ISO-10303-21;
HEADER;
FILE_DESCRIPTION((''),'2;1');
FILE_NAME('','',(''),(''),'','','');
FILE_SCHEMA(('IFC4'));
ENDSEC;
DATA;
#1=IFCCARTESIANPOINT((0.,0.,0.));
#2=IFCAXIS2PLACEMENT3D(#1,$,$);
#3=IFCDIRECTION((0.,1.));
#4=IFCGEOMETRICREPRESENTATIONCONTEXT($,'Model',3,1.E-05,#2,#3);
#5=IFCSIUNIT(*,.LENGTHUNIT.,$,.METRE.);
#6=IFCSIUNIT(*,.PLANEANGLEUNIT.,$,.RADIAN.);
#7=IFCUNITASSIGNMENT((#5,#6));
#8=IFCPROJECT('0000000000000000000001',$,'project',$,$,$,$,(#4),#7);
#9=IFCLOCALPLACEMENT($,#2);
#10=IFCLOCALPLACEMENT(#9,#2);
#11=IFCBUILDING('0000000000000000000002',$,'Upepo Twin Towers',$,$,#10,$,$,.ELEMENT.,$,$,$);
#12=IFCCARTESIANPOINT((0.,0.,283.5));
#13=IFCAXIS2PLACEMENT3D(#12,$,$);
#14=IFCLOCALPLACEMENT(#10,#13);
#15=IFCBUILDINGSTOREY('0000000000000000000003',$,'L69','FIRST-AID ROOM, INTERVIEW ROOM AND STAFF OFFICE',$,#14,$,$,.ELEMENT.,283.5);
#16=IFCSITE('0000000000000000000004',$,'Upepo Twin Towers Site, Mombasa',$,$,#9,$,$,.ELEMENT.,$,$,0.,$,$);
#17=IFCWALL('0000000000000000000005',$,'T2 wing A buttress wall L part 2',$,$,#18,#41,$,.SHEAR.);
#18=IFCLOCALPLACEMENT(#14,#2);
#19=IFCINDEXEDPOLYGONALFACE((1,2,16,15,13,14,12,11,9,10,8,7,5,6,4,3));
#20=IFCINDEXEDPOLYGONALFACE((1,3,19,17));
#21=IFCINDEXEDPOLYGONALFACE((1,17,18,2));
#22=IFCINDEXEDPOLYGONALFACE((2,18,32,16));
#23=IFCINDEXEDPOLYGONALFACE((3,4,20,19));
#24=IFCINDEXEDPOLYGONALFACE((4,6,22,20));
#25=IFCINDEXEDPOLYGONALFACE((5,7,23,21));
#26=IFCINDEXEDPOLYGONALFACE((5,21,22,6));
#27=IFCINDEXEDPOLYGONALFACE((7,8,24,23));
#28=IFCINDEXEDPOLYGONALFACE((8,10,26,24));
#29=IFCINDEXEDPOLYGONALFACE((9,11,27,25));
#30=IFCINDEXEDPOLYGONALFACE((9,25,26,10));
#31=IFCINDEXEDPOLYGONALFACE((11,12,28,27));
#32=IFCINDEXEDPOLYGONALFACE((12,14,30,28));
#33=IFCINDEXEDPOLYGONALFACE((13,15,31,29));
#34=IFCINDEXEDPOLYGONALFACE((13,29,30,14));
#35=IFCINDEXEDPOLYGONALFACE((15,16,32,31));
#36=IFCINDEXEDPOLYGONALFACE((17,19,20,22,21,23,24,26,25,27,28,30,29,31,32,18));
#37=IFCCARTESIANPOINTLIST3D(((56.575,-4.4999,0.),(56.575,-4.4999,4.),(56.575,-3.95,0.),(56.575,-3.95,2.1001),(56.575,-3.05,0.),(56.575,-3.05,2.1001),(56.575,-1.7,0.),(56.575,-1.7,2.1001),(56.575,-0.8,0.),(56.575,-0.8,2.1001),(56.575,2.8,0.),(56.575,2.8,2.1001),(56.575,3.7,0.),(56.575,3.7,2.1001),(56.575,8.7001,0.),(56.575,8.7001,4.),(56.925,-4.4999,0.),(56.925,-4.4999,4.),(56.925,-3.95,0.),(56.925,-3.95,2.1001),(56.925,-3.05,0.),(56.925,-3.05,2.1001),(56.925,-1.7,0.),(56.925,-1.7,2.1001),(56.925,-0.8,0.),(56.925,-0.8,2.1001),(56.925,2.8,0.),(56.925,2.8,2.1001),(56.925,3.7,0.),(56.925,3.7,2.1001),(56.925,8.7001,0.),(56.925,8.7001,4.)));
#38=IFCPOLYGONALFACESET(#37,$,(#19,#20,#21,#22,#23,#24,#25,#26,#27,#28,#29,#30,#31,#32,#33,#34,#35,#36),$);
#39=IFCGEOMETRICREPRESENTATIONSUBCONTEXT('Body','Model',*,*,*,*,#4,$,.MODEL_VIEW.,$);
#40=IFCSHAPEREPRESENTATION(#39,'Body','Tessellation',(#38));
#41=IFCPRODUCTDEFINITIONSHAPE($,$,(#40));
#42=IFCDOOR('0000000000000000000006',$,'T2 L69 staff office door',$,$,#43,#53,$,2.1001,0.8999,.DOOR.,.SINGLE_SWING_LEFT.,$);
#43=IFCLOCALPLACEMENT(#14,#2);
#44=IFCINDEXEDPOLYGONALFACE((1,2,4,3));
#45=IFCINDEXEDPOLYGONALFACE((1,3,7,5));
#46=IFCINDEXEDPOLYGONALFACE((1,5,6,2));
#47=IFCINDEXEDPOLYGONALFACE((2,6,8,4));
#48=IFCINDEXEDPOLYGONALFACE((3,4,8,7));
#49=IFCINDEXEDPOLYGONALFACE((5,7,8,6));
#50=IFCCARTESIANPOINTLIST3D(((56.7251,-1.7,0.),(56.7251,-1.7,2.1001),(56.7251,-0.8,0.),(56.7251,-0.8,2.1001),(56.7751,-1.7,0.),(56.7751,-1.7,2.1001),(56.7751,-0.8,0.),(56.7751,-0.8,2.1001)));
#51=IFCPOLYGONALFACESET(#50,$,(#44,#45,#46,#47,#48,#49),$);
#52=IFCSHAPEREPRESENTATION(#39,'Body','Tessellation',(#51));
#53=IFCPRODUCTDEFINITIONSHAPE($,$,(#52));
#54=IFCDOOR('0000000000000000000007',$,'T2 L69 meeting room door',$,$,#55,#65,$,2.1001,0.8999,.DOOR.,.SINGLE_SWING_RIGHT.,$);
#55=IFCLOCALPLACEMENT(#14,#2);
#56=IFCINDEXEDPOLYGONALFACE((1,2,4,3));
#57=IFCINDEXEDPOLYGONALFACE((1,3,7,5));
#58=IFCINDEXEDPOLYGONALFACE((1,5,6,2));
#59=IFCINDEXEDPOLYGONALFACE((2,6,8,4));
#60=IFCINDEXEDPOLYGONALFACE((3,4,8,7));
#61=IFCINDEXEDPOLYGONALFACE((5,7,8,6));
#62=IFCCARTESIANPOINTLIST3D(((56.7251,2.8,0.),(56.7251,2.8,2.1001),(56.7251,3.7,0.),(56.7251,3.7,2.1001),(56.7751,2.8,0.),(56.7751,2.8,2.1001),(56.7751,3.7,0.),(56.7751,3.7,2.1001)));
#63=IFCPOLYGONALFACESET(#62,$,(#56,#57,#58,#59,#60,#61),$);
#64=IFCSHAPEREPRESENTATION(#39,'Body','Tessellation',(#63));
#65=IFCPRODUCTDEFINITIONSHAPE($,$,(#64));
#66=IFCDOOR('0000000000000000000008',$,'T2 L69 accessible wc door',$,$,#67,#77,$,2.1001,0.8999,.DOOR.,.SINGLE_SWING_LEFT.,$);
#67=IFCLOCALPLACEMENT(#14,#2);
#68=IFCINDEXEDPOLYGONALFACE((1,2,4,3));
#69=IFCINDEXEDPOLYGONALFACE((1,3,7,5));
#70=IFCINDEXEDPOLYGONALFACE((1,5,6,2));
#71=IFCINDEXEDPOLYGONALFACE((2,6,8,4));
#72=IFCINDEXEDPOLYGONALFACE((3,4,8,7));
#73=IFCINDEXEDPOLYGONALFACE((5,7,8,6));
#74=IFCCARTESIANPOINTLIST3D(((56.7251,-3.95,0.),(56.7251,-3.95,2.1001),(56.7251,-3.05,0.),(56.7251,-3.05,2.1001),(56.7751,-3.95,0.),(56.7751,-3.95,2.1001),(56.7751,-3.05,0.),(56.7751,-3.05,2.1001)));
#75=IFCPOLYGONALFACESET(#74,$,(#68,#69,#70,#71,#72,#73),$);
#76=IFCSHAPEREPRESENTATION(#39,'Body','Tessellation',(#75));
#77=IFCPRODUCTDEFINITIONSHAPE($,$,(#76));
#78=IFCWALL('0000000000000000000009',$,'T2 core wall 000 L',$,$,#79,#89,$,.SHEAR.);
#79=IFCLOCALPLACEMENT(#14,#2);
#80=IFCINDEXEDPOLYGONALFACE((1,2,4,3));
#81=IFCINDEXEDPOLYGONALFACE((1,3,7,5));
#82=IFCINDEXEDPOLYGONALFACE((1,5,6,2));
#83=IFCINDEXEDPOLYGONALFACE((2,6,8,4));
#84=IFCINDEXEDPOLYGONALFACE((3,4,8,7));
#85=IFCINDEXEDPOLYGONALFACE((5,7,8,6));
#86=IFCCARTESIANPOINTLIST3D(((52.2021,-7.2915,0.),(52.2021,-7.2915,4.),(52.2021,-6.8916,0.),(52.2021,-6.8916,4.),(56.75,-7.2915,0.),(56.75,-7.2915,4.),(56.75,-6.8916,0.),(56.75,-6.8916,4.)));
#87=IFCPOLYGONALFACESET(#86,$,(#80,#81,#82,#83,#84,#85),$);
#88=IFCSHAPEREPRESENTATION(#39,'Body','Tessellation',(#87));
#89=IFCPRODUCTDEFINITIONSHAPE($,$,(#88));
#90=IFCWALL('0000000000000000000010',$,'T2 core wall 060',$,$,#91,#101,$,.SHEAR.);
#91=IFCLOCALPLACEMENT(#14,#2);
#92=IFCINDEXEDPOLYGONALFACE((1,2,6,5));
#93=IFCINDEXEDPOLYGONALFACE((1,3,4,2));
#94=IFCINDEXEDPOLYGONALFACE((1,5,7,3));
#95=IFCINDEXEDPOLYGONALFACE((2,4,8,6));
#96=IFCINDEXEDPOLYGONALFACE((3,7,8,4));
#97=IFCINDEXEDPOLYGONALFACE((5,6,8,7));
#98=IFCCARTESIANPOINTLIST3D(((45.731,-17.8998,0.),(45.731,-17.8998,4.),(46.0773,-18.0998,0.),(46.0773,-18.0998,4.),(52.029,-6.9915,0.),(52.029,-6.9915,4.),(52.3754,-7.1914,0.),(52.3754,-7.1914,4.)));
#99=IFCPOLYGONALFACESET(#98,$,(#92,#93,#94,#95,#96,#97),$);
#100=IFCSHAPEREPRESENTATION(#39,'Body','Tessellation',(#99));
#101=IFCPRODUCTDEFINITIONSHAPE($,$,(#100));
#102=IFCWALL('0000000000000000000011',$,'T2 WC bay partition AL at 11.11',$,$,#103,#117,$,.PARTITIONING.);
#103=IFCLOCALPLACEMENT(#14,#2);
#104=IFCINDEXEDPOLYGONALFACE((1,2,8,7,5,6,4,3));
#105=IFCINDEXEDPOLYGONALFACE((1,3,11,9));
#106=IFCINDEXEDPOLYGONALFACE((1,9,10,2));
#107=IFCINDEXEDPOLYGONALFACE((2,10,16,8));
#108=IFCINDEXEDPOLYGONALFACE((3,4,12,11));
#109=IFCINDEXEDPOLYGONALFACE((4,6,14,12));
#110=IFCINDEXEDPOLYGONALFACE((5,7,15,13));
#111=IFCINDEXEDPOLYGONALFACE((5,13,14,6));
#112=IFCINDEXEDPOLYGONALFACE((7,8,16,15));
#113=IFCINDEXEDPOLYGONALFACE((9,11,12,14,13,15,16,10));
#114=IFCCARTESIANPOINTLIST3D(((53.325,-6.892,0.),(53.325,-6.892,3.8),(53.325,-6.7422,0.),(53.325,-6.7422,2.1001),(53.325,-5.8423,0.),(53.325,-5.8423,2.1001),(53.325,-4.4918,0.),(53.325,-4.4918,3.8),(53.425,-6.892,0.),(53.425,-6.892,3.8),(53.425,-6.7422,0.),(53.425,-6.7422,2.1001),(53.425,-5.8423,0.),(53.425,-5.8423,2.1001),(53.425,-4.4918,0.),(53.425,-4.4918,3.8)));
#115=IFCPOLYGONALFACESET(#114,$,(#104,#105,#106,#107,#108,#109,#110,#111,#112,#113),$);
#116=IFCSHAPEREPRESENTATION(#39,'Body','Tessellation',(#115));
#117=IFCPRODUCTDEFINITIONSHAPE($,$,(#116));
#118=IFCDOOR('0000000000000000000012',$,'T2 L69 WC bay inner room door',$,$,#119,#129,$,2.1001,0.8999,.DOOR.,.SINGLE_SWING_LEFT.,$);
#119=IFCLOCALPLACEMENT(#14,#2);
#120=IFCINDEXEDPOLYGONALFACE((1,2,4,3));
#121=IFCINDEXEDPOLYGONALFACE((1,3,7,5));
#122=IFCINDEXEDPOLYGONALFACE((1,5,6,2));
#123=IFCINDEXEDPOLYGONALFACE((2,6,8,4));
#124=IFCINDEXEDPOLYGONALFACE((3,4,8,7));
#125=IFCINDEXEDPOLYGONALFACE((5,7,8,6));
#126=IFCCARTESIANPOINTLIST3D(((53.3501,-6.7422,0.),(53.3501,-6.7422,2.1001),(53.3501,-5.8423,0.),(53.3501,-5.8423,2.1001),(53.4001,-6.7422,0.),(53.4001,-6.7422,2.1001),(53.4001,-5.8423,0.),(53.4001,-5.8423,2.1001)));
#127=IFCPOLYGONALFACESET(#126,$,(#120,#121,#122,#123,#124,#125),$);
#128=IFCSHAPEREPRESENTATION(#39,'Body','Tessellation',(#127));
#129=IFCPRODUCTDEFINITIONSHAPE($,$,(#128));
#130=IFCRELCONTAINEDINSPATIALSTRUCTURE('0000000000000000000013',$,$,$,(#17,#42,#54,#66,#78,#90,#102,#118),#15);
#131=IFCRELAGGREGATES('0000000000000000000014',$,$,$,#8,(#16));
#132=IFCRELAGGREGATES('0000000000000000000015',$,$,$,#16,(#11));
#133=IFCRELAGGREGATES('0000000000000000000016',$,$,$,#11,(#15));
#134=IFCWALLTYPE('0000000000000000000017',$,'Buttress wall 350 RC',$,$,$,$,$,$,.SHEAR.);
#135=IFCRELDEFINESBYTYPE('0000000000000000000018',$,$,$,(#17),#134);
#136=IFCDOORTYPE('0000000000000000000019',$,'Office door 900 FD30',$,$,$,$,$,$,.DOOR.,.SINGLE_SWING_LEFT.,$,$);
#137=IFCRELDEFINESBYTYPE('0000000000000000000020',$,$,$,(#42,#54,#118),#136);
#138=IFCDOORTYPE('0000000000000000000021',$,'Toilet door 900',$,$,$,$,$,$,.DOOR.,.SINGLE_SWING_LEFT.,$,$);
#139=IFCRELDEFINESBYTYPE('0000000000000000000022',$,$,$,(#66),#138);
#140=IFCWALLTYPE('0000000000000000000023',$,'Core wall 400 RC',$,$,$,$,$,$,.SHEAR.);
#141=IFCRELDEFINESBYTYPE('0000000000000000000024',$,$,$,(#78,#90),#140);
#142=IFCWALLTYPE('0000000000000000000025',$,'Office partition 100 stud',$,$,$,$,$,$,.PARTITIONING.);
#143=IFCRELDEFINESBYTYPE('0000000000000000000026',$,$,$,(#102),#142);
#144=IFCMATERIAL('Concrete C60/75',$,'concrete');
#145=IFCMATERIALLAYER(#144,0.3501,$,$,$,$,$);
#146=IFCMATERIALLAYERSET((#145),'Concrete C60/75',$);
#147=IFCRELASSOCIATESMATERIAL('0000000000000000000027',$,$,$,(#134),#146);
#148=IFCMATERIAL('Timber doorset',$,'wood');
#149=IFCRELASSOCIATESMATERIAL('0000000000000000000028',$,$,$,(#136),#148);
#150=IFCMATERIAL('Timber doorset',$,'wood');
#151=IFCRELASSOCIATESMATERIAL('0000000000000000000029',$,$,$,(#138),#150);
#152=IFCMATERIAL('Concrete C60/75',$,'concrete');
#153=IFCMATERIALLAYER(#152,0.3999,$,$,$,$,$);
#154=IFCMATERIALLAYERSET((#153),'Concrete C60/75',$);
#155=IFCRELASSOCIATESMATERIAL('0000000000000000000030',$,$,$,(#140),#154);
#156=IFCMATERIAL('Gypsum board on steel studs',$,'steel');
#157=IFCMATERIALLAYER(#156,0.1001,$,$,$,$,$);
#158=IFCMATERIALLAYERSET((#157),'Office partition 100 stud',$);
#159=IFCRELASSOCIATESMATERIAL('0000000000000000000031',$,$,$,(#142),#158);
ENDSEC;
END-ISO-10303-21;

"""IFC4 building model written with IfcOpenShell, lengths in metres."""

from ifc_helpers import new_model, si_unit, direction, frame, frame_2d, origin, place, context, subcontext, project, spatial, rectangle, extrude, material, layer, layer_set, type_object, element, fill, save


model = new_model("IFC4")

# Units and contexts
model_context = context("Model", 3, precision=1e-05, world=origin(), true_north=direction((0.0, 1.0)))
body_context = subcontext(model_context, "Body", "Model", "MODEL_VIEW")
ifc_project = project(units=[si_unit("LENGTHUNIT", "METRE"), si_unit("PLANEANGLEUNIT", "RADIAN")], contexts=[model_context])

# Site, building, storey
site_placement = place(None, origin())
site = spatial("IfcSite", under=ifc_project, at=site_placement, Name="Upepo Twin Towers Site, Mombasa", CompositionType="ELEMENT", RefElevation=0.0)
building_placement = place(site_placement, origin())
building = spatial("IfcBuilding", under=site, at=building_placement, Name="Upepo Twin Towers", CompositionType="ELEMENT")
storey_placement = place(building_placement, frame((0.0, 0.0, 283.5)))
storey = spatial("IfcBuildingStorey", under=building, at=storey_placement, Name="L69", Description="FIRST-AID ROOM, INTERVIEW ROOM AND STAFF OFFICE", CompositionType="ELEMENT", Elevation=283.5)

# Shared definitions
ifc_material_1 = material(Name="Concrete C60/75", Category="concrete")
ifc_layer_1 = layer(ifc_material_1, 0.3501)
ifc_layer_set_1 = layer_set([ifc_layer_1], Name="Concrete C60/75")
wall_type_1 = type_object("IfcWallType", Name="Buttress wall 350 RC", PredefinedType="SHEAR", material=ifc_layer_set_1)

# Wall, openings, doors
wall_1_placement = place(storey_placement, frame((56.75, -4.5, 0.0), z_axis=(0.0, 0.0, 1.0), x_axis=(0.0, 1.0, 0.0)))
wall_1 = element("IfcWall", 1, at=wall_1_placement, inside=storey, type_object=wall_type_1, Name="T2 wing A buttress wall L part 2", PredefinedType="SHEAR", context=body_context, shape_type="SweptSolid", body=[
    extrude(rectangle(XDim=13.2, YDim=0.3501, at=frame_2d((6.6001, 0.0))), origin(), (0.0, 0.0, 1.0), 4.0),
])
opening_1_placement = place(wall_1_placement, frame((0.55, 0.0, 0.0)))
opening_1 = element("IfcOpeningElement", 2, at=opening_1_placement, cuts=wall_1, PredefinedType="OPENING", context=body_context, shape_type="SweptSolid", body=[
    extrude(rectangle(XDim=0.8999, YDim=2.1001, at=frame_2d((0.45, 1.05))), frame((0.0, 0.1851, 0.0), z_axis=(0.0, -1.0, 0.0), x_axis=(1.0, 0.0, 0.0)), (0.0, 0.0, 1.0), 0.3701),
])
opening_2_placement = place(wall_1_placement, frame((2.8, 0.0, 0.0)))
opening_2 = element("IfcOpeningElement", 3, at=opening_2_placement, cuts=wall_1, PredefinedType="OPENING", context=body_context, shape_type="SweptSolid", body=[
    extrude(rectangle(XDim=0.8999, YDim=2.1001, at=frame_2d((0.45, 1.05))), frame((0.0, 0.1851, 0.0), z_axis=(0.0, -1.0, 0.0), x_axis=(1.0, 0.0, 0.0)), (0.0, 0.0, 1.0), 0.3701),
])
opening_3_placement = place(wall_1_placement, frame((7.3, 0.0, 0.0)))
opening_3 = element("IfcOpeningElement", 4, at=opening_3_placement, cuts=wall_1, PredefinedType="OPENING", context=body_context, shape_type="SweptSolid", body=[
    extrude(rectangle(XDim=0.8999, YDim=2.1001, at=frame_2d((0.45, 1.05))), frame((0.0, 0.1851, 0.0), z_axis=(0.0, -1.0, 0.0), x_axis=(1.0, 0.0, 0.0)), (0.0, 0.0, 1.0), 0.3701),
])
ifc_material_2 = material(Name="Timber doorset", Category="wood")
door_type_1 = type_object("IfcDoorType", Name="Office door 900 FD30", OperationType="SINGLE_SWING_LEFT", PredefinedType="DOOR", material=ifc_material_2)
door_1_placement = place(opening_2_placement, origin())
door_1 = element("IfcDoor", 5, at=door_1_placement, inside=storey, type_object=door_type_1, Name="T2 L69 staff office door", OperationType="SINGLE_SWING_LEFT", OverallHeight=2.1001, OverallWidth=0.8999, PredefinedType="DOOR", context=body_context, shape_type="SweptSolid", body=[
    extrude(rectangle(XDim=0.8999, YDim=2.1001, at=frame_2d((0.45, 1.05))), frame((0.0, 0.0249, 0.0), z_axis=(0.0, -1.0, 0.0), x_axis=(1.0, 0.0, 0.0)), (0.0, 0.0, 1.0), 0.05),
])
fill(opening_2, door_1)
door_2_placement = place(opening_3_placement, origin())
door_2 = element("IfcDoor", 6, at=door_2_placement, inside=storey, type_object=door_type_1, Name="T2 L69 meeting room door", OperationType="SINGLE_SWING_RIGHT", OverallHeight=2.1001, OverallWidth=0.8999, PredefinedType="DOOR", context=body_context, shape_type="SweptSolid", body=[
    extrude(rectangle(XDim=0.8999, YDim=2.1001, at=frame_2d((0.45, 1.05))), frame((0.0, 0.0249, 0.0), z_axis=(0.0, -1.0, 0.0), x_axis=(1.0, 0.0, 0.0)), (0.0, 0.0, 1.0), 0.05),
])
fill(opening_3, door_2)
ifc_material_3 = material(Name="Timber doorset", Category="wood")
door_type_2 = type_object("IfcDoorType", Name="Toilet door 900", OperationType="SINGLE_SWING_LEFT", PredefinedType="DOOR", material=ifc_material_3)
door_3_placement = place(opening_1_placement, origin())
door_3 = element("IfcDoor", 7, at=door_3_placement, inside=storey, type_object=door_type_2, Name="T2 L69 accessible wc door", OperationType="SINGLE_SWING_LEFT", OverallHeight=2.1001, OverallWidth=0.8999, PredefinedType="DOOR", context=body_context, shape_type="SweptSolid", body=[
    extrude(rectangle(XDim=0.8999, YDim=2.1001, at=frame_2d((0.45, 1.05))), frame((0.0, 0.0249, 0.0), z_axis=(0.0, -1.0, 0.0), x_axis=(1.0, 0.0, 0.0)), (0.0, 0.0, 1.0), 0.05),
])
fill(opening_1, door_3)

# Walls
ifc_material_4 = material(Name="Concrete C60/75", Category="concrete")
ifc_layer_2 = layer(ifc_material_4, 0.3999)
ifc_layer_set_2 = layer_set([ifc_layer_2], Name="Concrete C60/75")
wall_type_2 = type_object("IfcWallType", Name="Core wall 400 RC", PredefinedType="SHEAR", material=ifc_layer_set_2)
wall_2_placement = place(storey_placement, frame((56.75, -7.0916, 0.0), z_axis=(0.0, 0.0, 1.0), x_axis=(-1.0, 0.0, 0.0)))
element("IfcWall", 8, at=wall_2_placement, inside=storey, type_object=wall_type_2, Name="T2 core wall 000 L", PredefinedType="SHEAR", context=body_context, shape_type="SweptSolid", body=[
    extrude(rectangle(XDim=4.5479, YDim=0.3999, at=frame_2d((2.2739, 0.0))), origin(), (0.0, 0.0, 1.0), 4.0),
])
wall_3_placement = place(storey_placement, frame((52.2021, -7.0916, 0.0), z_axis=(0.0, 0.0, 1.0), x_axis=(-0.500006, -0.866022, 0.0)))
element("IfcWall", 9, at=wall_3_placement, inside=storey, type_object=wall_type_2, Name="T2 core wall 060", PredefinedType="SHEAR", context=body_context, shape_type="SweptSolid", body=[
    extrude(rectangle(XDim=12.5959, YDim=0.3999, at=frame_2d((6.2979, 0.0))), origin(), (0.0, 0.0, 1.0), 4.0),
])

# Wall, opening, door
ifc_material_5 = material(Name="Gypsum board on steel studs", Category="steel")
ifc_layer_3 = layer(ifc_material_5, 0.1001)
ifc_layer_set_3 = layer_set([ifc_layer_3], Name="Office partition 100 stud")
wall_type_3 = type_object("IfcWallType", Name="Office partition 100 stud", PredefinedType="PARTITIONING", material=ifc_layer_set_3)
wall_4_placement = place(storey_placement, frame((53.375, -6.8921, 0.0), z_axis=(0.0, 0.0, 1.0), x_axis=(0.0, 1.0, 0.0)))
wall_4 = element("IfcWall", 10, at=wall_4_placement, inside=storey, type_object=wall_type_3, Name="T2 WC bay partition AL at 11.11", PredefinedType="PARTITIONING", context=body_context, shape_type="SweptSolid", body=[
    extrude(rectangle(XDim=2.4001, YDim=0.1001, at=frame_2d((1.2002, 0.0))), origin(), (0.0, 0.0, 1.0), 3.8),
])
opening_4_placement = place(wall_4_placement, frame((0.1499, 0.0, 0.0)))
opening_4 = element("IfcOpeningElement", 11, at=opening_4_placement, cuts=wall_4, PredefinedType="OPENING", context=body_context, shape_type="SweptSolid", body=[
    extrude(rectangle(XDim=0.8999, YDim=2.1001, at=frame_2d((0.45, 1.05))), frame((0.0, 0.0601, 0.0), z_axis=(0.0, -1.0, 0.0), x_axis=(1.0, 0.0, 0.0)), (0.0, 0.0, 1.0), 0.1201),
])
door_4_placement = place(opening_4_placement, origin())
door_4 = element("IfcDoor", 12, at=door_4_placement, inside=storey, type_object=door_type_1, Name="T2 L69 WC bay inner room door", OperationType="SINGLE_SWING_LEFT", OverallHeight=2.1001, OverallWidth=0.8999, PredefinedType="DOOR", context=body_context, shape_type="SweptSolid", body=[
    extrude(rectangle(XDim=0.8999, YDim=2.1001, at=frame_2d((0.45, 1.05))), frame((0.0, 0.0249, 0.0), z_axis=(0.0, -1.0, 0.0), x_axis=(1.0, 0.0, 0.0)), (0.0, 0.0, 1.0), 0.05),
])
fill(opening_4, door_4)

save(model, "model.ifc")
